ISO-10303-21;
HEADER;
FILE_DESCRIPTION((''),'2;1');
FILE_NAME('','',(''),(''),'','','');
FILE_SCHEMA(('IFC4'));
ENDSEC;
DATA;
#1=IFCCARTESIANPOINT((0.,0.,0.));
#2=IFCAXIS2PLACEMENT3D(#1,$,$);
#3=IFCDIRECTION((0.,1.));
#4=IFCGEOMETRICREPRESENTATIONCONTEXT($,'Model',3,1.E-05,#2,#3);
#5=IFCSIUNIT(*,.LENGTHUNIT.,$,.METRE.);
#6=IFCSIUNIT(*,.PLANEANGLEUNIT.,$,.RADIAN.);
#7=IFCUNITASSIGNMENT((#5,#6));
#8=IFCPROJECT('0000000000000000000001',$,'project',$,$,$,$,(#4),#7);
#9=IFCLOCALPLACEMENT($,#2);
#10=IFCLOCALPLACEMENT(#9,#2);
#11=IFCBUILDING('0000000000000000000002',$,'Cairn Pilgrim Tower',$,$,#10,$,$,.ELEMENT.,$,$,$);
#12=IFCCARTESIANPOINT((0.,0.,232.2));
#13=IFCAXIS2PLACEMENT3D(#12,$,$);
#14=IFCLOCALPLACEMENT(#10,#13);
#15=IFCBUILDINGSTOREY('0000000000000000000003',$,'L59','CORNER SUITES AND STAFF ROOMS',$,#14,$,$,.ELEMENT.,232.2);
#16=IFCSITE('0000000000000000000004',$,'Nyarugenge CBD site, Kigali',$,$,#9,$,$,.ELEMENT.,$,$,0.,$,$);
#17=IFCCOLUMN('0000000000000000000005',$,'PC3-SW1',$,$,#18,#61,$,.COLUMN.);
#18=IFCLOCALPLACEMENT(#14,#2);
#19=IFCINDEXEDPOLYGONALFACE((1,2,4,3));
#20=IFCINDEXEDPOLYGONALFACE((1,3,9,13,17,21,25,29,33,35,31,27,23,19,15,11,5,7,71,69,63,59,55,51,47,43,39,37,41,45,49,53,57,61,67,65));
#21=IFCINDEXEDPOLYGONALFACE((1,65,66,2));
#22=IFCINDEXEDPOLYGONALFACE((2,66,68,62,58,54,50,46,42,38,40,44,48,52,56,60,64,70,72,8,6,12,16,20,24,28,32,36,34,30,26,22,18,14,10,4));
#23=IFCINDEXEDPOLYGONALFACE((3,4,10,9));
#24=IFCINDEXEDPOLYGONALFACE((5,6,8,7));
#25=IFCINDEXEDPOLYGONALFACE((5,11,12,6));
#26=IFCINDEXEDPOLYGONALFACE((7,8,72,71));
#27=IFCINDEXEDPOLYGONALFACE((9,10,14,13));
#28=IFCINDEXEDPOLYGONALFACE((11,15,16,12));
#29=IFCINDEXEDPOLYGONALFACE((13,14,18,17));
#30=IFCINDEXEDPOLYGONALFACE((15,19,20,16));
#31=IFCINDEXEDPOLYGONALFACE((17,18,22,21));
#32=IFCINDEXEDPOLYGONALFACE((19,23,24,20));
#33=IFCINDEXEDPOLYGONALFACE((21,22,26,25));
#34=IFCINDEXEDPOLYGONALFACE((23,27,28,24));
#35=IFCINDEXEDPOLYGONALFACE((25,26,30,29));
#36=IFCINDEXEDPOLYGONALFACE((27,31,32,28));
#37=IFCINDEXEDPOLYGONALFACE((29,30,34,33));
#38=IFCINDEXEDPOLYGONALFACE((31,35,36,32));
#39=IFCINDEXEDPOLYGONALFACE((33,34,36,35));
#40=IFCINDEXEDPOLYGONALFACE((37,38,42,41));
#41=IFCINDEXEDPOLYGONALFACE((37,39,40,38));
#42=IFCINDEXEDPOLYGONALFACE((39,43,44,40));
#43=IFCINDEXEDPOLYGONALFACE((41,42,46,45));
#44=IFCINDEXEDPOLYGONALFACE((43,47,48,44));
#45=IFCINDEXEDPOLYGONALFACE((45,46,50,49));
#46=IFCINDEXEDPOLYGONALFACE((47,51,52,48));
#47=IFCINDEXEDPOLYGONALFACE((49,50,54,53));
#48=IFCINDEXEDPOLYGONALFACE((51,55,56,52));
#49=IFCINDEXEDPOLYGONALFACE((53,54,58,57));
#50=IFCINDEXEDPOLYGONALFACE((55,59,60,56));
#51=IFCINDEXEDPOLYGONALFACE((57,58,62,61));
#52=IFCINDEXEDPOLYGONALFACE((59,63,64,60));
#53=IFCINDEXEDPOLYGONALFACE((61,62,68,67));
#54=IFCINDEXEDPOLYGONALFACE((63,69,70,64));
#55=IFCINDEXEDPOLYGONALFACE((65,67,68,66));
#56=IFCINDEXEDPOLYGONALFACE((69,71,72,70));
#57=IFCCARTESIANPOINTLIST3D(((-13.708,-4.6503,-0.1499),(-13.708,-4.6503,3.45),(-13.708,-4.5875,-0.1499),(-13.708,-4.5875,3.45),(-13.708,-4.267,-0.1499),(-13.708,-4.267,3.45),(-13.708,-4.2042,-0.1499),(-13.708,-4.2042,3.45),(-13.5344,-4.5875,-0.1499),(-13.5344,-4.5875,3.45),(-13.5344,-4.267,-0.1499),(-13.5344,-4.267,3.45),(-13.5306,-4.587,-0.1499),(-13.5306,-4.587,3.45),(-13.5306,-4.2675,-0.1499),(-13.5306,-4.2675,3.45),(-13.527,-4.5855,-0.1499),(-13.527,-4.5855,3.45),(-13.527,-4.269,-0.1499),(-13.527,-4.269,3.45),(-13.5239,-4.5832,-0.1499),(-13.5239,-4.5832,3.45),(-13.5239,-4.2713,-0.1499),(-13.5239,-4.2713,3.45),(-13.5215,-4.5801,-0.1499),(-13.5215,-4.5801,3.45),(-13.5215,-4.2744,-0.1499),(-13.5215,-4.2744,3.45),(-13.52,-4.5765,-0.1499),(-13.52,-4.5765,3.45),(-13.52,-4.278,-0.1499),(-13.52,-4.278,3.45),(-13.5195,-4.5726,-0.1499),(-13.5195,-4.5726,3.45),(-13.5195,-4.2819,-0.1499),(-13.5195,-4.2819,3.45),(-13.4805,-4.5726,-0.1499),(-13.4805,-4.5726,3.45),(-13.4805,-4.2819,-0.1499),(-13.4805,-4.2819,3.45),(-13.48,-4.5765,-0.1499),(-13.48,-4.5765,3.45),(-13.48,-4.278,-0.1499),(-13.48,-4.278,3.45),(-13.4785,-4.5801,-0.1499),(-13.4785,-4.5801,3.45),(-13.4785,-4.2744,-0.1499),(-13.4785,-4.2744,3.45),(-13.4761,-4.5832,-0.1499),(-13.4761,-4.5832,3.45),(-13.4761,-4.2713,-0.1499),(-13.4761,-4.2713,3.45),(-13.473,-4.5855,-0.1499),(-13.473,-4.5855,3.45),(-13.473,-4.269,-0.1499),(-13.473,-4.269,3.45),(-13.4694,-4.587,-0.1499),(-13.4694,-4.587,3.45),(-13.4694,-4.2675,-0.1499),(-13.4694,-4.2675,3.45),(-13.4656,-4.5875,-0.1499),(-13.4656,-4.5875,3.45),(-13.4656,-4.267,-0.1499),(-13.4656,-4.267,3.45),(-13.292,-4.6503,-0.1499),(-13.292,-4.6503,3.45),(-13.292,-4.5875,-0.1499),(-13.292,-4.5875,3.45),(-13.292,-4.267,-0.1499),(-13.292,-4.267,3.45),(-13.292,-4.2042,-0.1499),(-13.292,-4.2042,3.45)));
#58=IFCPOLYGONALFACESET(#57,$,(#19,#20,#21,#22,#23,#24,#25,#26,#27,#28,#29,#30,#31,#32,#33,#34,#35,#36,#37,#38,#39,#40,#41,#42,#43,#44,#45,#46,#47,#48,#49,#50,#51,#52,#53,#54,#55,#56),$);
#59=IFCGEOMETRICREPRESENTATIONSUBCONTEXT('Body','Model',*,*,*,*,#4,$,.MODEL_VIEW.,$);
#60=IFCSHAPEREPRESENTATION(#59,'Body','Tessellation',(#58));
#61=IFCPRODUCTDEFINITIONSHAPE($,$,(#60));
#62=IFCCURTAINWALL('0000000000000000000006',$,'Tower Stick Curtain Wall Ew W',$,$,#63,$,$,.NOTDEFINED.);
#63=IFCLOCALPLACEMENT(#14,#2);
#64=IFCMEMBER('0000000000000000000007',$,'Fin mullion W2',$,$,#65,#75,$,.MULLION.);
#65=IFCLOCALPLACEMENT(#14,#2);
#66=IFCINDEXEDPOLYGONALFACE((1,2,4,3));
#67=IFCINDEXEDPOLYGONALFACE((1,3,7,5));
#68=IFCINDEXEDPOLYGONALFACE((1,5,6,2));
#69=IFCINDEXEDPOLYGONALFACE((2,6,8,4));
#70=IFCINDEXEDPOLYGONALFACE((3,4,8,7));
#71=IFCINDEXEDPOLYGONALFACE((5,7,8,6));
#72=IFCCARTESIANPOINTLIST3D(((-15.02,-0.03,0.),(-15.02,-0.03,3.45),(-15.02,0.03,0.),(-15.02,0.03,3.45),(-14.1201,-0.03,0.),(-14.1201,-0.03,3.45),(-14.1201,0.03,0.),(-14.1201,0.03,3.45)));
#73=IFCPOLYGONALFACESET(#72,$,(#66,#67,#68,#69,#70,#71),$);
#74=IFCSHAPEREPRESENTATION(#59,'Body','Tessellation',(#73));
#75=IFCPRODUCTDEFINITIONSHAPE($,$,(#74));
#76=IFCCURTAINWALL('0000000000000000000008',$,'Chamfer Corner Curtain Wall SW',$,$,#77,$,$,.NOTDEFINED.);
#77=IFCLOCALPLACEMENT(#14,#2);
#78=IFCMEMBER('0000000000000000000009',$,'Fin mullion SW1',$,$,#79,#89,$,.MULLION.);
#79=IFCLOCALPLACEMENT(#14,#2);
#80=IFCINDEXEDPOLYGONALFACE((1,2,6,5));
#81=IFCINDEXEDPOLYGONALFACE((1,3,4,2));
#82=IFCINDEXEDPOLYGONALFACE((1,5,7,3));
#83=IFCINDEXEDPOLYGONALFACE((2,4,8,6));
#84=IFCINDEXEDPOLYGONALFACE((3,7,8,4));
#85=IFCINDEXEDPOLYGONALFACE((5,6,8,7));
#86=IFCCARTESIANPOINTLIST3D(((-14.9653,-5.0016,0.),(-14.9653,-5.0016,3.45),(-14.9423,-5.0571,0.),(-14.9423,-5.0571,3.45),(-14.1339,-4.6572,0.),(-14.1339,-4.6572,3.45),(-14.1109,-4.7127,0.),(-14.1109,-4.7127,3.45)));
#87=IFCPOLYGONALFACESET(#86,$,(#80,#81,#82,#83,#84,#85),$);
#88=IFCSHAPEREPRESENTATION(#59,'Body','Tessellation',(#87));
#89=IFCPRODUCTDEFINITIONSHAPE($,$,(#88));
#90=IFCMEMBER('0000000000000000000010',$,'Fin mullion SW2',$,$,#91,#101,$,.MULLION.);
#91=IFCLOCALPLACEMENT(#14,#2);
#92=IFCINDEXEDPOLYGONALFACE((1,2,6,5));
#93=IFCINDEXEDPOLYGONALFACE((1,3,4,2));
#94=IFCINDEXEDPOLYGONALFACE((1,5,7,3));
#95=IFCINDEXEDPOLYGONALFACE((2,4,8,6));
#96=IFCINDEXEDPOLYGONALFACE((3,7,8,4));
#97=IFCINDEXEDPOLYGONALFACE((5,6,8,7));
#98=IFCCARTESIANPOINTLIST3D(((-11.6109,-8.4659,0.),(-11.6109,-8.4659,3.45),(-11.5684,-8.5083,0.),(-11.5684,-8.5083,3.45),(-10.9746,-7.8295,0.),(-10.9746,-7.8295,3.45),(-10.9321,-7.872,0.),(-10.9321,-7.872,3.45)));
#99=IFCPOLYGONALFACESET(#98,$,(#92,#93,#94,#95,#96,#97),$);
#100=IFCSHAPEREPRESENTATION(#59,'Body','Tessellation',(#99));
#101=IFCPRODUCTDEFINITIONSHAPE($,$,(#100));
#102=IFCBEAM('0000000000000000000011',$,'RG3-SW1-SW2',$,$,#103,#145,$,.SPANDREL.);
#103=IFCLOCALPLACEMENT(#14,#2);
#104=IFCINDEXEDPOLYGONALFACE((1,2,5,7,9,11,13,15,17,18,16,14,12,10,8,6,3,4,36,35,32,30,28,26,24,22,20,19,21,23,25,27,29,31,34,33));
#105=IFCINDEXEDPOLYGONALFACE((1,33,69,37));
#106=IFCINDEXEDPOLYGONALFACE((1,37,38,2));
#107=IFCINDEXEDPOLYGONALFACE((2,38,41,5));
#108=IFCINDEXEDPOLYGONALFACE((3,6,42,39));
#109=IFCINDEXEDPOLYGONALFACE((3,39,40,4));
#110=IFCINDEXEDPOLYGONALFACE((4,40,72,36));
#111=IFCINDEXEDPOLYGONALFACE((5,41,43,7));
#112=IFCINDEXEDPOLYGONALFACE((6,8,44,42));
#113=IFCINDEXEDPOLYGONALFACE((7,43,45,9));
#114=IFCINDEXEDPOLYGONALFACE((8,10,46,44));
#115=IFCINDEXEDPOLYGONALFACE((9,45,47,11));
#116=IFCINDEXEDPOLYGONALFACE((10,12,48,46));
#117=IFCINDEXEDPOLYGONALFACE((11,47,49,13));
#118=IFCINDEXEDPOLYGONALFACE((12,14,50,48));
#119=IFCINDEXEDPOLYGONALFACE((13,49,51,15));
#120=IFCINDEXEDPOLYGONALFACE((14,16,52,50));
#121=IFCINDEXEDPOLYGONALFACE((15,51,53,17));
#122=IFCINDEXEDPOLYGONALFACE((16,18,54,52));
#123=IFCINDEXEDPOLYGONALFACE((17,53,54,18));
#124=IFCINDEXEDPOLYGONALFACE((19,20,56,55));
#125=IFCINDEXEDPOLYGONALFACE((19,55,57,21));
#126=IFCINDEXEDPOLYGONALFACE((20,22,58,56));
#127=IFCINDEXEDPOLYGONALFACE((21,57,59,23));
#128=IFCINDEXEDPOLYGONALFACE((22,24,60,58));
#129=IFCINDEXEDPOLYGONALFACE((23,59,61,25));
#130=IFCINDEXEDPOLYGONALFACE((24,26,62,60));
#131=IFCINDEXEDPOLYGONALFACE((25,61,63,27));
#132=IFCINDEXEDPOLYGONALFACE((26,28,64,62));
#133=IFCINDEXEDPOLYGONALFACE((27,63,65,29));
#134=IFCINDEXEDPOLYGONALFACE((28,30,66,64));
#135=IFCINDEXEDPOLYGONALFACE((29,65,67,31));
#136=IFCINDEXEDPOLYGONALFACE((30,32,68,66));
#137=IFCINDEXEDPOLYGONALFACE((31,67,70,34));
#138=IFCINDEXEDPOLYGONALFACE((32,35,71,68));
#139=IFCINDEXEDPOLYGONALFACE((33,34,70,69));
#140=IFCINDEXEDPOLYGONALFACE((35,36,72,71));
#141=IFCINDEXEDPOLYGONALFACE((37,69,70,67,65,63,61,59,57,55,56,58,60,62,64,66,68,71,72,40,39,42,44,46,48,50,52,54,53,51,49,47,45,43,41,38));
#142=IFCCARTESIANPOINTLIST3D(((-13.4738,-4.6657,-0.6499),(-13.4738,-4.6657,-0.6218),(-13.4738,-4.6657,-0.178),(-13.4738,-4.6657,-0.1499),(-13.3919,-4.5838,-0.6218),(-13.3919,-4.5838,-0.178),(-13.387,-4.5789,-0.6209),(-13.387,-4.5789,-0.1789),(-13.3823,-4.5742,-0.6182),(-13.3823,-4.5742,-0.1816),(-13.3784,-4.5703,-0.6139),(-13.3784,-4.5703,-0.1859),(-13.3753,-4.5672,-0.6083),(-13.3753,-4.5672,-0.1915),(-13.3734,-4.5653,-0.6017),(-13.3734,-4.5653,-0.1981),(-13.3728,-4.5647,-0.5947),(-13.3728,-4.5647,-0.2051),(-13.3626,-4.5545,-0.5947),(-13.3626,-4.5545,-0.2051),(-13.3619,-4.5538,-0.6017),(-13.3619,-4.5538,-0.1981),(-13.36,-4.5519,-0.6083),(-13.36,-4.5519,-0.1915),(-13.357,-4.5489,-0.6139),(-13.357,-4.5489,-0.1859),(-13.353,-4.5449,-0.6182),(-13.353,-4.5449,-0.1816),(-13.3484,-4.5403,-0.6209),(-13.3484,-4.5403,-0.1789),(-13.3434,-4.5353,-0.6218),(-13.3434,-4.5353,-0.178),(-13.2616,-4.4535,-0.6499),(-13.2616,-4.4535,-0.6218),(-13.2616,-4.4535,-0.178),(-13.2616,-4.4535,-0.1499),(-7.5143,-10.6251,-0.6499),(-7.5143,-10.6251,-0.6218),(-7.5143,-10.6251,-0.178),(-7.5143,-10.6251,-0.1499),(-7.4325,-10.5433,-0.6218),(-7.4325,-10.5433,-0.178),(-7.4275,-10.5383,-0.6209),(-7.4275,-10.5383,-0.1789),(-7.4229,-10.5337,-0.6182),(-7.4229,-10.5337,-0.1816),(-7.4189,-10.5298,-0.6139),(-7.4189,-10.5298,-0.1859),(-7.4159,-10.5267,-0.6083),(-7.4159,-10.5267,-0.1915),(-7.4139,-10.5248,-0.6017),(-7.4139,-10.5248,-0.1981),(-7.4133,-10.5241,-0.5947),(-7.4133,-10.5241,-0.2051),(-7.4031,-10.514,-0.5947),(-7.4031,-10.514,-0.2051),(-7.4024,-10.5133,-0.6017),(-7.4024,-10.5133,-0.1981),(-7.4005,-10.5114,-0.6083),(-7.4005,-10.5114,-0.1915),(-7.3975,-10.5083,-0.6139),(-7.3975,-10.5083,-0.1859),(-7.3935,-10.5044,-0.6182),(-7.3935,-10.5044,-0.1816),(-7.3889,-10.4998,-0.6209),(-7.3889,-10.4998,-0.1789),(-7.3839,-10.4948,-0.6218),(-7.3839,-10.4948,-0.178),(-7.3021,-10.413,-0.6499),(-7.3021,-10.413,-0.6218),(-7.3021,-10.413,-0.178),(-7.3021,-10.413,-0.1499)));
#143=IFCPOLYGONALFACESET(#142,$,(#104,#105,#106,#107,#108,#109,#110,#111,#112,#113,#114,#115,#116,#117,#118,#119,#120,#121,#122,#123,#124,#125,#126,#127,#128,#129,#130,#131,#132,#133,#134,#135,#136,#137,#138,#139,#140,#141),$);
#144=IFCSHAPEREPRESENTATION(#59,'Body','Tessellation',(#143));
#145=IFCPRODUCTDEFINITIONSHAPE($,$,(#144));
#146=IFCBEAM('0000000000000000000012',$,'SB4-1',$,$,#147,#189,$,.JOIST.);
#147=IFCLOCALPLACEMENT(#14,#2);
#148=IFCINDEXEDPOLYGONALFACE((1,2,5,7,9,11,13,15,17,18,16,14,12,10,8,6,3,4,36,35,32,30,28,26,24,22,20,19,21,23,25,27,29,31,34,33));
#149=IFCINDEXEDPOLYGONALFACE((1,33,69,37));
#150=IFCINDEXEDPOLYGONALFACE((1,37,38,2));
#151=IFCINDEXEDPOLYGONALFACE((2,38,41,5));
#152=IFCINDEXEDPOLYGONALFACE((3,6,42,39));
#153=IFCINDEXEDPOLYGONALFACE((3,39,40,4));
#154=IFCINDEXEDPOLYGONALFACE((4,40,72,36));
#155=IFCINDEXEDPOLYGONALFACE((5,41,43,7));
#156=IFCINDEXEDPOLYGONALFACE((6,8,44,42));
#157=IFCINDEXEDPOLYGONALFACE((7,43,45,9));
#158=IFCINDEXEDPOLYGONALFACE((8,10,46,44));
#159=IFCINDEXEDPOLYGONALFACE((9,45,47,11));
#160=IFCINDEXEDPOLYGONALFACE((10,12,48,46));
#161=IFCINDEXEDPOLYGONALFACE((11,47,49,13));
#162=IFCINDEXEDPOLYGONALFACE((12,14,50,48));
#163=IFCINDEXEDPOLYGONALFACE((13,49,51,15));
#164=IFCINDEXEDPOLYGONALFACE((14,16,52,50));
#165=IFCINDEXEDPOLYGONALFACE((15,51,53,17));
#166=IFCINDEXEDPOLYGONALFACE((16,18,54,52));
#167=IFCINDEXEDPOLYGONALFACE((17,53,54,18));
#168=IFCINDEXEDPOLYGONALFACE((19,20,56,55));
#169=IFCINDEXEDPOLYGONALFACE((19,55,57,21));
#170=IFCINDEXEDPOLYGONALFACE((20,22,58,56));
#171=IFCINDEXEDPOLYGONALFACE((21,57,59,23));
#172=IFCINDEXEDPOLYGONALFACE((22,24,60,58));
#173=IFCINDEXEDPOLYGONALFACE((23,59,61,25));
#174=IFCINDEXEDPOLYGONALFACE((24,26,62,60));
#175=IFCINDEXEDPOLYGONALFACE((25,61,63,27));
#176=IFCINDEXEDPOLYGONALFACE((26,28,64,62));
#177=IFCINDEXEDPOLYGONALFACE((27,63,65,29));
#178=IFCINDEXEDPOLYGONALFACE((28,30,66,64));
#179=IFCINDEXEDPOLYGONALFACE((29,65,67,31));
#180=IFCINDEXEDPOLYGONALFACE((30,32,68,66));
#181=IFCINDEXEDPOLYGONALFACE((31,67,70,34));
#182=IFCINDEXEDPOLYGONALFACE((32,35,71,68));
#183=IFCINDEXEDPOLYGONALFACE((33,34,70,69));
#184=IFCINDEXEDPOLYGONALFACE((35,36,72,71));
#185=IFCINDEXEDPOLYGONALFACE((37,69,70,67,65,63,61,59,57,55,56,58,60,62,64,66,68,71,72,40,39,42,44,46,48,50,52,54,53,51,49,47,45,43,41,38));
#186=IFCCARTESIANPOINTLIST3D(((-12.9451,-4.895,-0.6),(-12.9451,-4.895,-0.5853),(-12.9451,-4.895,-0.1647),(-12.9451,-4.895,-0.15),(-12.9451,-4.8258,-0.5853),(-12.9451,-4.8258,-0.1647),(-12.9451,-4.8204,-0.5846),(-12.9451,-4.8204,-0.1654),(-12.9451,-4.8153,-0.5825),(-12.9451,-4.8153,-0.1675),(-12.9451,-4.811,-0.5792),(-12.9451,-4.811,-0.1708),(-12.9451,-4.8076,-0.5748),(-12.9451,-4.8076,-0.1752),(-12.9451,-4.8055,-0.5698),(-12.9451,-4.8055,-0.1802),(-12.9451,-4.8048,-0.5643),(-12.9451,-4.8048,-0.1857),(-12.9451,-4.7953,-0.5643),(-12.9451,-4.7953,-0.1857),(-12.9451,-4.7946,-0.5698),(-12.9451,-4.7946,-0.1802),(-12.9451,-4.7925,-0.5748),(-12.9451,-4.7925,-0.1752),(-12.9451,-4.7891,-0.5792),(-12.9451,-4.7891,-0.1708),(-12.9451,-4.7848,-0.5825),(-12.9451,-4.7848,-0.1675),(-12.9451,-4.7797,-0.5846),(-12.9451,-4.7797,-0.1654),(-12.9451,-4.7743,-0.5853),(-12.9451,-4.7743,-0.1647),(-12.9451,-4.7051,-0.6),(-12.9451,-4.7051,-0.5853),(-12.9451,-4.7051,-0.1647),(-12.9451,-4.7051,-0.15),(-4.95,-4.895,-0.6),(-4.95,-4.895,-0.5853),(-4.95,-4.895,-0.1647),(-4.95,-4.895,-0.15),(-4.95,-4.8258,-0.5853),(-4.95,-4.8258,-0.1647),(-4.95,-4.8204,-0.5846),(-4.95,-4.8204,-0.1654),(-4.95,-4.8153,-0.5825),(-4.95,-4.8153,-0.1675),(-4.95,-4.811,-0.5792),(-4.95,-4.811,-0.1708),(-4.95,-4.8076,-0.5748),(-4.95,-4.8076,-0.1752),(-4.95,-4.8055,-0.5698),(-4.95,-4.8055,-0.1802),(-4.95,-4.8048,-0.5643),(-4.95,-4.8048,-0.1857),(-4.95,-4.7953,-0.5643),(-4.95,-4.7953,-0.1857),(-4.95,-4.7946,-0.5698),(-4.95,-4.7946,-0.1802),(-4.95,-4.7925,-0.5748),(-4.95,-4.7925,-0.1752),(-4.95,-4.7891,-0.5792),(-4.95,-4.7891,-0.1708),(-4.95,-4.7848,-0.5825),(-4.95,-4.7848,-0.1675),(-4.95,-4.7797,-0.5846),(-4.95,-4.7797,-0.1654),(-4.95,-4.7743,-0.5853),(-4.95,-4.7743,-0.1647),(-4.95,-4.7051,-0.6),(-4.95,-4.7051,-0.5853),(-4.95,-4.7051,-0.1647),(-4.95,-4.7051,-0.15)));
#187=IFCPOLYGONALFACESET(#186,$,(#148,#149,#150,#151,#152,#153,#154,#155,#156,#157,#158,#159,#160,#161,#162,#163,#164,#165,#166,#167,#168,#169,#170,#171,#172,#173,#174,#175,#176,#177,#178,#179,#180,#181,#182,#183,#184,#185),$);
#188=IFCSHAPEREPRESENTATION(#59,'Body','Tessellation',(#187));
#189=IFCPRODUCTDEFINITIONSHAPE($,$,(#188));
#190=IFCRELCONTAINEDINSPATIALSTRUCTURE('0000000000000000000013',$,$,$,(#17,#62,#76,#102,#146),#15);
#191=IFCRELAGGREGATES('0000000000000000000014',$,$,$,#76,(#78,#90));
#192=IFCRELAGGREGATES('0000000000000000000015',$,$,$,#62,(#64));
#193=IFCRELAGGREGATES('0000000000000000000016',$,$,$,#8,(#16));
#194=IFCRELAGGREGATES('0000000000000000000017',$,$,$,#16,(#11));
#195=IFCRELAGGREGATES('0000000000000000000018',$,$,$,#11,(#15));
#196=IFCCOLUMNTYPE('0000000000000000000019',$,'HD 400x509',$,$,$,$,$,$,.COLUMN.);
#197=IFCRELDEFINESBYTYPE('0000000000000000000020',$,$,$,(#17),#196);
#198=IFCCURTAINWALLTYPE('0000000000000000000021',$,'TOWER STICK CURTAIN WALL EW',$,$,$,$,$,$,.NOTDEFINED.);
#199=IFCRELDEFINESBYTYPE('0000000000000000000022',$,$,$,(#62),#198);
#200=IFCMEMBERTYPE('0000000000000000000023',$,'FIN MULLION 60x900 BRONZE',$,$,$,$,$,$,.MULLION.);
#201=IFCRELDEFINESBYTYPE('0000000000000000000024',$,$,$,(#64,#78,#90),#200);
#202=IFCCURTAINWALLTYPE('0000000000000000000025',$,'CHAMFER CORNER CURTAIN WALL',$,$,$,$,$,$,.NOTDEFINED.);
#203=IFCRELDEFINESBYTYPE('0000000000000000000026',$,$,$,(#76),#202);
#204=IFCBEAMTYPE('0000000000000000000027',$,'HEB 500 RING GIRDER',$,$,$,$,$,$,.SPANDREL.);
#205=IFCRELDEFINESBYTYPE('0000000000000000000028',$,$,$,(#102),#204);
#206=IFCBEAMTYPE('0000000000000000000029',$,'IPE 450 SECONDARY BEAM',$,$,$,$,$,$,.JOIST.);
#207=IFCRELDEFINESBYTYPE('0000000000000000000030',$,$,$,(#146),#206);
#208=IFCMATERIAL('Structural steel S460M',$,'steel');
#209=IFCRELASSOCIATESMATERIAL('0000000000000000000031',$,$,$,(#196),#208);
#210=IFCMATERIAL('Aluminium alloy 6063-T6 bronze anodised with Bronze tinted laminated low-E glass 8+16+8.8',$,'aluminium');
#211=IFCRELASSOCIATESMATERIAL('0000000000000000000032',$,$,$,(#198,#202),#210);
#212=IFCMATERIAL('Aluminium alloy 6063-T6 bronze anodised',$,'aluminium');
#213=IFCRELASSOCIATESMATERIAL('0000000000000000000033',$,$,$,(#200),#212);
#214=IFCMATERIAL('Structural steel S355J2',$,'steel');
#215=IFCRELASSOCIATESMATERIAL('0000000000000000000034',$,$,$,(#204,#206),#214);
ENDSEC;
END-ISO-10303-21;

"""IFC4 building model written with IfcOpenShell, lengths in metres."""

from ifc_helpers import new_model, si_unit, direction, frame, origin, origin_2d, place, context, subcontext, project, spatial, rectangle, i_section, extrude, material, material_profile, profile_set, type_object, element, aggregate, save


model = new_model("IFC4")

# Units and contexts
model_context = context("Model", 3, precision=1e-05, world=origin(), true_north=direction((0.0, 1.0)))
body_context = subcontext(model_context, "Body", "Model", "MODEL_VIEW")
ifc_project = project(units=[si_unit("LENGTHUNIT", "METRE"), si_unit("PLANEANGLEUNIT", "RADIAN")], contexts=[model_context])

# Site, building, storey
site_placement = place(None, origin())
site = spatial("IfcSite", under=ifc_project, at=site_placement, Name="Nyarugenge CBD site, Kigali", CompositionType="ELEMENT", RefElevation=0.0)
building_placement = place(site_placement, origin())
building = spatial("IfcBuilding", under=site, at=building_placement, Name="Cairn Pilgrim Tower", CompositionType="ELEMENT")
storey_placement = place(building_placement, frame((0.0, 0.0, 232.2)))
storey = spatial("IfcBuildingStorey", under=building, at=storey_placement, Name="L59", Description="CORNER SUITES AND STAFF ROOMS", CompositionType="ELEMENT", Elevation=232.2)

# Column
ifc_material_1 = material(Name="Structural steel S460M", Category="steel")
ifc_material_profile_1 = material_profile(ifc_material_1, i_section(OverallWidth=0.416, OverallDepth=0.446, WebThickness=0.0391, FlangeThickness=0.0627, FilletRadius=0.0149, at=origin_2d()), Name="HD 400x509")
ifc_profile_set_1 = profile_set([ifc_material_profile_1], Name="Structural steel S460M")
column_type = type_object("IfcColumnType", Name="HD 400x509", PredefinedType="COLUMN", material=ifc_profile_set_1)
column_placement = place(storey_placement, frame((-13.5, -4.4272, -0.1499), z_axis=(0.0, 0.0, 1.0), x_axis=(1.0, 0.0, 0.0)))
element("IfcColumn", 1, at=column_placement, inside=storey, type_object=column_type, Name="PC3-SW1", PredefinedType="COLUMN", context=body_context, shape_type="SweptSolid", body=[
    extrude(i_section(OverallWidth=0.416, OverallDepth=0.446, WebThickness=0.0391, FlangeThickness=0.0627, FilletRadius=0.0149, at=origin_2d()), origin(), (0.0, 0.0, 1.0), 3.5999),
])

# Curtain wall, member
ifc_material_2 = material(Name="Aluminium alloy 6063-T6 bronze anodised with Bronze tinted laminated low-E glass 8+16+8.8", Category="aluminium")
curtain_wall_type_1 = type_object("IfcCurtainWallType", Name="TOWER STICK CURTAIN WALL EW", PredefinedType="NOTDEFINED", material=ifc_material_2)
curtain_wall_1_placement = place(storey_placement, origin())
curtain_wall_1 = element("IfcCurtainWall", 2, at=curtain_wall_1_placement, inside=storey, type_object=curtain_wall_type_1, Name="Tower Stick Curtain Wall Ew W", PredefinedType="NOTDEFINED")
ifc_material_3 = material(Name="Aluminium alloy 6063-T6 bronze anodised", Category="aluminium")
ifc_material_profile_2 = material_profile(ifc_material_3, rectangle(XDim=0.8999, YDim=0.0601, at=origin_2d()), Name="FIN MULLION 60x900 BRONZE")
ifc_profile_set_2 = profile_set([ifc_material_profile_2], Name="Aluminium alloy 6063-T6 bronze anodised")
member_type_1 = type_object("IfcMemberType", Name="FIN MULLION 60x900 BRONZE", PredefinedType="MULLION", material=ifc_profile_set_2)
member_1_placement = place(storey_placement, frame((-14.5701, 0.0, 0.0), z_axis=(0.0, 0.0, 1.0), x_axis=(-1.0, 0.0, 0.0)))
member_1 = element("IfcMember", 3, at=member_1_placement, type_object=member_type_1, Name="Fin mullion W2", PredefinedType="MULLION", context=body_context, shape_type="SweptSolid", body=[
    extrude(rectangle(XDim=0.8999, YDim=0.0601, at=origin_2d()), origin(), (0.0, 0.0, 1.0), 3.45),
])

# Curtain wall, members
curtain_wall_type_2 = type_object("IfcCurtainWallType", Name="CHAMFER CORNER CURTAIN WALL", PredefinedType="NOTDEFINED", material=ifc_material_2)
curtain_wall_2_placement = place(storey_placement, origin())
curtain_wall_2 = element("IfcCurtainWall", 4, at=curtain_wall_2_placement, inside=storey, type_object=curtain_wall_type_2, Name="Chamfer Corner Curtain Wall SW", PredefinedType="NOTDEFINED")
member_2_placement = place(storey_placement, frame((-14.5381, -4.8572, 0.0), z_axis=(0.0, 0.0, 1.0), x_axis=(-0.92388, -0.382683, 0.0)))
member_2 = element("IfcMember", 5, at=member_2_placement, type_object=member_type_1, Name="Fin mullion SW1", PredefinedType="MULLION", context=body_context, shape_type="SweptSolid", body=[
    extrude(rectangle(XDim=0.8999, YDim=0.0601, at=origin_2d()), origin(), (0.0, 0.0, 1.0), 3.45),
])
member_3_placement = place(storey_placement, frame((-11.2715, -8.1689, 0.0), z_axis=(0.0, 0.0, 1.0), x_axis=(-0.707107, -0.707107, 0.0)))
member_3 = element("IfcMember", 6, at=member_3_placement, type_object=member_type_1, Name="Fin mullion SW2", PredefinedType="MULLION", context=body_context, shape_type="SweptSolid", body=[
    extrude(rectangle(XDim=0.8999, YDim=0.0601, at=origin_2d()), origin(), (0.0, 0.0, 1.0), 3.45),
])
aggregate(curtain_wall_2, [member_2, member_3])

# Beams
ifc_material_4 = material(Name="Structural steel S355J2", Category="steel")
ifc_material_profile_3 = material_profile(ifc_material_4, i_section(OverallWidth=0.3, OverallDepth=0.5, WebThickness=0.0144, FlangeThickness=0.0281, FilletRadius=0.0271, at=origin_2d()), Name="HEB 500")
ifc_profile_set_3 = profile_set([ifc_material_profile_3], Name="Structural steel S355J2")
beam_type_1 = type_object("IfcBeamType", Name="HEB 500 RING GIRDER", PredefinedType="SPANDREL", material=ifc_profile_set_3)
beam_1_placement = place(storey_placement, frame((-13.3677, -4.5596, -0.3999), z_axis=(0.707107, -0.707107, 0.0), x_axis=(0.707107, 0.707107, 0.0)))
element("IfcBeam", 7, at=beam_1_placement, inside=storey, type_object=beam_type_1, Name="RG3-SW1-SW2", PredefinedType="SPANDREL", context=body_context, shape_type="SweptSolid", body=[
    extrude(i_section(OverallWidth=0.3, OverallDepth=0.5, WebThickness=0.0144, FlangeThickness=0.0281, FilletRadius=0.0271, at=origin_2d()), origin(), (0.0, 0.0, 1.0), 8.428),
])
ifc_material_profile_4 = material_profile(ifc_material_4, i_section(OverallWidth=0.1899, OverallDepth=0.45, WebThickness=0.0095, FlangeThickness=0.0146, FilletRadius=0.021, at=origin_2d()), Name="IPE 450")
ifc_profile_set_4 = profile_set([ifc_material_profile_4], Name="Structural steel S355J2")
beam_type_2 = type_object("IfcBeamType", Name="IPE 450 SECONDARY BEAM", PredefinedType="JOIST", material=ifc_profile_set_4)
beam_2_placement = place(storey_placement, frame((-12.9451, -4.8, -0.375), z_axis=(1.0, 0.0, 0.0), x_axis=(0.0, 1.0, 0.0)))
element("IfcBeam", 8, at=beam_2_placement, inside=storey, type_object=beam_type_2, Name="SB4-1", PredefinedType="JOIST", context=body_context, shape_type="SweptSolid", body=[
    extrude(i_section(OverallWidth=0.1899, OverallDepth=0.45, WebThickness=0.0095, FlangeThickness=0.0146, FilletRadius=0.021, at=origin_2d()), origin(), (0.0, 0.0, 1.0), 7.9951),
])

aggregate(curtain_wall_1, [member_1])

save(model, "model.ifc")
